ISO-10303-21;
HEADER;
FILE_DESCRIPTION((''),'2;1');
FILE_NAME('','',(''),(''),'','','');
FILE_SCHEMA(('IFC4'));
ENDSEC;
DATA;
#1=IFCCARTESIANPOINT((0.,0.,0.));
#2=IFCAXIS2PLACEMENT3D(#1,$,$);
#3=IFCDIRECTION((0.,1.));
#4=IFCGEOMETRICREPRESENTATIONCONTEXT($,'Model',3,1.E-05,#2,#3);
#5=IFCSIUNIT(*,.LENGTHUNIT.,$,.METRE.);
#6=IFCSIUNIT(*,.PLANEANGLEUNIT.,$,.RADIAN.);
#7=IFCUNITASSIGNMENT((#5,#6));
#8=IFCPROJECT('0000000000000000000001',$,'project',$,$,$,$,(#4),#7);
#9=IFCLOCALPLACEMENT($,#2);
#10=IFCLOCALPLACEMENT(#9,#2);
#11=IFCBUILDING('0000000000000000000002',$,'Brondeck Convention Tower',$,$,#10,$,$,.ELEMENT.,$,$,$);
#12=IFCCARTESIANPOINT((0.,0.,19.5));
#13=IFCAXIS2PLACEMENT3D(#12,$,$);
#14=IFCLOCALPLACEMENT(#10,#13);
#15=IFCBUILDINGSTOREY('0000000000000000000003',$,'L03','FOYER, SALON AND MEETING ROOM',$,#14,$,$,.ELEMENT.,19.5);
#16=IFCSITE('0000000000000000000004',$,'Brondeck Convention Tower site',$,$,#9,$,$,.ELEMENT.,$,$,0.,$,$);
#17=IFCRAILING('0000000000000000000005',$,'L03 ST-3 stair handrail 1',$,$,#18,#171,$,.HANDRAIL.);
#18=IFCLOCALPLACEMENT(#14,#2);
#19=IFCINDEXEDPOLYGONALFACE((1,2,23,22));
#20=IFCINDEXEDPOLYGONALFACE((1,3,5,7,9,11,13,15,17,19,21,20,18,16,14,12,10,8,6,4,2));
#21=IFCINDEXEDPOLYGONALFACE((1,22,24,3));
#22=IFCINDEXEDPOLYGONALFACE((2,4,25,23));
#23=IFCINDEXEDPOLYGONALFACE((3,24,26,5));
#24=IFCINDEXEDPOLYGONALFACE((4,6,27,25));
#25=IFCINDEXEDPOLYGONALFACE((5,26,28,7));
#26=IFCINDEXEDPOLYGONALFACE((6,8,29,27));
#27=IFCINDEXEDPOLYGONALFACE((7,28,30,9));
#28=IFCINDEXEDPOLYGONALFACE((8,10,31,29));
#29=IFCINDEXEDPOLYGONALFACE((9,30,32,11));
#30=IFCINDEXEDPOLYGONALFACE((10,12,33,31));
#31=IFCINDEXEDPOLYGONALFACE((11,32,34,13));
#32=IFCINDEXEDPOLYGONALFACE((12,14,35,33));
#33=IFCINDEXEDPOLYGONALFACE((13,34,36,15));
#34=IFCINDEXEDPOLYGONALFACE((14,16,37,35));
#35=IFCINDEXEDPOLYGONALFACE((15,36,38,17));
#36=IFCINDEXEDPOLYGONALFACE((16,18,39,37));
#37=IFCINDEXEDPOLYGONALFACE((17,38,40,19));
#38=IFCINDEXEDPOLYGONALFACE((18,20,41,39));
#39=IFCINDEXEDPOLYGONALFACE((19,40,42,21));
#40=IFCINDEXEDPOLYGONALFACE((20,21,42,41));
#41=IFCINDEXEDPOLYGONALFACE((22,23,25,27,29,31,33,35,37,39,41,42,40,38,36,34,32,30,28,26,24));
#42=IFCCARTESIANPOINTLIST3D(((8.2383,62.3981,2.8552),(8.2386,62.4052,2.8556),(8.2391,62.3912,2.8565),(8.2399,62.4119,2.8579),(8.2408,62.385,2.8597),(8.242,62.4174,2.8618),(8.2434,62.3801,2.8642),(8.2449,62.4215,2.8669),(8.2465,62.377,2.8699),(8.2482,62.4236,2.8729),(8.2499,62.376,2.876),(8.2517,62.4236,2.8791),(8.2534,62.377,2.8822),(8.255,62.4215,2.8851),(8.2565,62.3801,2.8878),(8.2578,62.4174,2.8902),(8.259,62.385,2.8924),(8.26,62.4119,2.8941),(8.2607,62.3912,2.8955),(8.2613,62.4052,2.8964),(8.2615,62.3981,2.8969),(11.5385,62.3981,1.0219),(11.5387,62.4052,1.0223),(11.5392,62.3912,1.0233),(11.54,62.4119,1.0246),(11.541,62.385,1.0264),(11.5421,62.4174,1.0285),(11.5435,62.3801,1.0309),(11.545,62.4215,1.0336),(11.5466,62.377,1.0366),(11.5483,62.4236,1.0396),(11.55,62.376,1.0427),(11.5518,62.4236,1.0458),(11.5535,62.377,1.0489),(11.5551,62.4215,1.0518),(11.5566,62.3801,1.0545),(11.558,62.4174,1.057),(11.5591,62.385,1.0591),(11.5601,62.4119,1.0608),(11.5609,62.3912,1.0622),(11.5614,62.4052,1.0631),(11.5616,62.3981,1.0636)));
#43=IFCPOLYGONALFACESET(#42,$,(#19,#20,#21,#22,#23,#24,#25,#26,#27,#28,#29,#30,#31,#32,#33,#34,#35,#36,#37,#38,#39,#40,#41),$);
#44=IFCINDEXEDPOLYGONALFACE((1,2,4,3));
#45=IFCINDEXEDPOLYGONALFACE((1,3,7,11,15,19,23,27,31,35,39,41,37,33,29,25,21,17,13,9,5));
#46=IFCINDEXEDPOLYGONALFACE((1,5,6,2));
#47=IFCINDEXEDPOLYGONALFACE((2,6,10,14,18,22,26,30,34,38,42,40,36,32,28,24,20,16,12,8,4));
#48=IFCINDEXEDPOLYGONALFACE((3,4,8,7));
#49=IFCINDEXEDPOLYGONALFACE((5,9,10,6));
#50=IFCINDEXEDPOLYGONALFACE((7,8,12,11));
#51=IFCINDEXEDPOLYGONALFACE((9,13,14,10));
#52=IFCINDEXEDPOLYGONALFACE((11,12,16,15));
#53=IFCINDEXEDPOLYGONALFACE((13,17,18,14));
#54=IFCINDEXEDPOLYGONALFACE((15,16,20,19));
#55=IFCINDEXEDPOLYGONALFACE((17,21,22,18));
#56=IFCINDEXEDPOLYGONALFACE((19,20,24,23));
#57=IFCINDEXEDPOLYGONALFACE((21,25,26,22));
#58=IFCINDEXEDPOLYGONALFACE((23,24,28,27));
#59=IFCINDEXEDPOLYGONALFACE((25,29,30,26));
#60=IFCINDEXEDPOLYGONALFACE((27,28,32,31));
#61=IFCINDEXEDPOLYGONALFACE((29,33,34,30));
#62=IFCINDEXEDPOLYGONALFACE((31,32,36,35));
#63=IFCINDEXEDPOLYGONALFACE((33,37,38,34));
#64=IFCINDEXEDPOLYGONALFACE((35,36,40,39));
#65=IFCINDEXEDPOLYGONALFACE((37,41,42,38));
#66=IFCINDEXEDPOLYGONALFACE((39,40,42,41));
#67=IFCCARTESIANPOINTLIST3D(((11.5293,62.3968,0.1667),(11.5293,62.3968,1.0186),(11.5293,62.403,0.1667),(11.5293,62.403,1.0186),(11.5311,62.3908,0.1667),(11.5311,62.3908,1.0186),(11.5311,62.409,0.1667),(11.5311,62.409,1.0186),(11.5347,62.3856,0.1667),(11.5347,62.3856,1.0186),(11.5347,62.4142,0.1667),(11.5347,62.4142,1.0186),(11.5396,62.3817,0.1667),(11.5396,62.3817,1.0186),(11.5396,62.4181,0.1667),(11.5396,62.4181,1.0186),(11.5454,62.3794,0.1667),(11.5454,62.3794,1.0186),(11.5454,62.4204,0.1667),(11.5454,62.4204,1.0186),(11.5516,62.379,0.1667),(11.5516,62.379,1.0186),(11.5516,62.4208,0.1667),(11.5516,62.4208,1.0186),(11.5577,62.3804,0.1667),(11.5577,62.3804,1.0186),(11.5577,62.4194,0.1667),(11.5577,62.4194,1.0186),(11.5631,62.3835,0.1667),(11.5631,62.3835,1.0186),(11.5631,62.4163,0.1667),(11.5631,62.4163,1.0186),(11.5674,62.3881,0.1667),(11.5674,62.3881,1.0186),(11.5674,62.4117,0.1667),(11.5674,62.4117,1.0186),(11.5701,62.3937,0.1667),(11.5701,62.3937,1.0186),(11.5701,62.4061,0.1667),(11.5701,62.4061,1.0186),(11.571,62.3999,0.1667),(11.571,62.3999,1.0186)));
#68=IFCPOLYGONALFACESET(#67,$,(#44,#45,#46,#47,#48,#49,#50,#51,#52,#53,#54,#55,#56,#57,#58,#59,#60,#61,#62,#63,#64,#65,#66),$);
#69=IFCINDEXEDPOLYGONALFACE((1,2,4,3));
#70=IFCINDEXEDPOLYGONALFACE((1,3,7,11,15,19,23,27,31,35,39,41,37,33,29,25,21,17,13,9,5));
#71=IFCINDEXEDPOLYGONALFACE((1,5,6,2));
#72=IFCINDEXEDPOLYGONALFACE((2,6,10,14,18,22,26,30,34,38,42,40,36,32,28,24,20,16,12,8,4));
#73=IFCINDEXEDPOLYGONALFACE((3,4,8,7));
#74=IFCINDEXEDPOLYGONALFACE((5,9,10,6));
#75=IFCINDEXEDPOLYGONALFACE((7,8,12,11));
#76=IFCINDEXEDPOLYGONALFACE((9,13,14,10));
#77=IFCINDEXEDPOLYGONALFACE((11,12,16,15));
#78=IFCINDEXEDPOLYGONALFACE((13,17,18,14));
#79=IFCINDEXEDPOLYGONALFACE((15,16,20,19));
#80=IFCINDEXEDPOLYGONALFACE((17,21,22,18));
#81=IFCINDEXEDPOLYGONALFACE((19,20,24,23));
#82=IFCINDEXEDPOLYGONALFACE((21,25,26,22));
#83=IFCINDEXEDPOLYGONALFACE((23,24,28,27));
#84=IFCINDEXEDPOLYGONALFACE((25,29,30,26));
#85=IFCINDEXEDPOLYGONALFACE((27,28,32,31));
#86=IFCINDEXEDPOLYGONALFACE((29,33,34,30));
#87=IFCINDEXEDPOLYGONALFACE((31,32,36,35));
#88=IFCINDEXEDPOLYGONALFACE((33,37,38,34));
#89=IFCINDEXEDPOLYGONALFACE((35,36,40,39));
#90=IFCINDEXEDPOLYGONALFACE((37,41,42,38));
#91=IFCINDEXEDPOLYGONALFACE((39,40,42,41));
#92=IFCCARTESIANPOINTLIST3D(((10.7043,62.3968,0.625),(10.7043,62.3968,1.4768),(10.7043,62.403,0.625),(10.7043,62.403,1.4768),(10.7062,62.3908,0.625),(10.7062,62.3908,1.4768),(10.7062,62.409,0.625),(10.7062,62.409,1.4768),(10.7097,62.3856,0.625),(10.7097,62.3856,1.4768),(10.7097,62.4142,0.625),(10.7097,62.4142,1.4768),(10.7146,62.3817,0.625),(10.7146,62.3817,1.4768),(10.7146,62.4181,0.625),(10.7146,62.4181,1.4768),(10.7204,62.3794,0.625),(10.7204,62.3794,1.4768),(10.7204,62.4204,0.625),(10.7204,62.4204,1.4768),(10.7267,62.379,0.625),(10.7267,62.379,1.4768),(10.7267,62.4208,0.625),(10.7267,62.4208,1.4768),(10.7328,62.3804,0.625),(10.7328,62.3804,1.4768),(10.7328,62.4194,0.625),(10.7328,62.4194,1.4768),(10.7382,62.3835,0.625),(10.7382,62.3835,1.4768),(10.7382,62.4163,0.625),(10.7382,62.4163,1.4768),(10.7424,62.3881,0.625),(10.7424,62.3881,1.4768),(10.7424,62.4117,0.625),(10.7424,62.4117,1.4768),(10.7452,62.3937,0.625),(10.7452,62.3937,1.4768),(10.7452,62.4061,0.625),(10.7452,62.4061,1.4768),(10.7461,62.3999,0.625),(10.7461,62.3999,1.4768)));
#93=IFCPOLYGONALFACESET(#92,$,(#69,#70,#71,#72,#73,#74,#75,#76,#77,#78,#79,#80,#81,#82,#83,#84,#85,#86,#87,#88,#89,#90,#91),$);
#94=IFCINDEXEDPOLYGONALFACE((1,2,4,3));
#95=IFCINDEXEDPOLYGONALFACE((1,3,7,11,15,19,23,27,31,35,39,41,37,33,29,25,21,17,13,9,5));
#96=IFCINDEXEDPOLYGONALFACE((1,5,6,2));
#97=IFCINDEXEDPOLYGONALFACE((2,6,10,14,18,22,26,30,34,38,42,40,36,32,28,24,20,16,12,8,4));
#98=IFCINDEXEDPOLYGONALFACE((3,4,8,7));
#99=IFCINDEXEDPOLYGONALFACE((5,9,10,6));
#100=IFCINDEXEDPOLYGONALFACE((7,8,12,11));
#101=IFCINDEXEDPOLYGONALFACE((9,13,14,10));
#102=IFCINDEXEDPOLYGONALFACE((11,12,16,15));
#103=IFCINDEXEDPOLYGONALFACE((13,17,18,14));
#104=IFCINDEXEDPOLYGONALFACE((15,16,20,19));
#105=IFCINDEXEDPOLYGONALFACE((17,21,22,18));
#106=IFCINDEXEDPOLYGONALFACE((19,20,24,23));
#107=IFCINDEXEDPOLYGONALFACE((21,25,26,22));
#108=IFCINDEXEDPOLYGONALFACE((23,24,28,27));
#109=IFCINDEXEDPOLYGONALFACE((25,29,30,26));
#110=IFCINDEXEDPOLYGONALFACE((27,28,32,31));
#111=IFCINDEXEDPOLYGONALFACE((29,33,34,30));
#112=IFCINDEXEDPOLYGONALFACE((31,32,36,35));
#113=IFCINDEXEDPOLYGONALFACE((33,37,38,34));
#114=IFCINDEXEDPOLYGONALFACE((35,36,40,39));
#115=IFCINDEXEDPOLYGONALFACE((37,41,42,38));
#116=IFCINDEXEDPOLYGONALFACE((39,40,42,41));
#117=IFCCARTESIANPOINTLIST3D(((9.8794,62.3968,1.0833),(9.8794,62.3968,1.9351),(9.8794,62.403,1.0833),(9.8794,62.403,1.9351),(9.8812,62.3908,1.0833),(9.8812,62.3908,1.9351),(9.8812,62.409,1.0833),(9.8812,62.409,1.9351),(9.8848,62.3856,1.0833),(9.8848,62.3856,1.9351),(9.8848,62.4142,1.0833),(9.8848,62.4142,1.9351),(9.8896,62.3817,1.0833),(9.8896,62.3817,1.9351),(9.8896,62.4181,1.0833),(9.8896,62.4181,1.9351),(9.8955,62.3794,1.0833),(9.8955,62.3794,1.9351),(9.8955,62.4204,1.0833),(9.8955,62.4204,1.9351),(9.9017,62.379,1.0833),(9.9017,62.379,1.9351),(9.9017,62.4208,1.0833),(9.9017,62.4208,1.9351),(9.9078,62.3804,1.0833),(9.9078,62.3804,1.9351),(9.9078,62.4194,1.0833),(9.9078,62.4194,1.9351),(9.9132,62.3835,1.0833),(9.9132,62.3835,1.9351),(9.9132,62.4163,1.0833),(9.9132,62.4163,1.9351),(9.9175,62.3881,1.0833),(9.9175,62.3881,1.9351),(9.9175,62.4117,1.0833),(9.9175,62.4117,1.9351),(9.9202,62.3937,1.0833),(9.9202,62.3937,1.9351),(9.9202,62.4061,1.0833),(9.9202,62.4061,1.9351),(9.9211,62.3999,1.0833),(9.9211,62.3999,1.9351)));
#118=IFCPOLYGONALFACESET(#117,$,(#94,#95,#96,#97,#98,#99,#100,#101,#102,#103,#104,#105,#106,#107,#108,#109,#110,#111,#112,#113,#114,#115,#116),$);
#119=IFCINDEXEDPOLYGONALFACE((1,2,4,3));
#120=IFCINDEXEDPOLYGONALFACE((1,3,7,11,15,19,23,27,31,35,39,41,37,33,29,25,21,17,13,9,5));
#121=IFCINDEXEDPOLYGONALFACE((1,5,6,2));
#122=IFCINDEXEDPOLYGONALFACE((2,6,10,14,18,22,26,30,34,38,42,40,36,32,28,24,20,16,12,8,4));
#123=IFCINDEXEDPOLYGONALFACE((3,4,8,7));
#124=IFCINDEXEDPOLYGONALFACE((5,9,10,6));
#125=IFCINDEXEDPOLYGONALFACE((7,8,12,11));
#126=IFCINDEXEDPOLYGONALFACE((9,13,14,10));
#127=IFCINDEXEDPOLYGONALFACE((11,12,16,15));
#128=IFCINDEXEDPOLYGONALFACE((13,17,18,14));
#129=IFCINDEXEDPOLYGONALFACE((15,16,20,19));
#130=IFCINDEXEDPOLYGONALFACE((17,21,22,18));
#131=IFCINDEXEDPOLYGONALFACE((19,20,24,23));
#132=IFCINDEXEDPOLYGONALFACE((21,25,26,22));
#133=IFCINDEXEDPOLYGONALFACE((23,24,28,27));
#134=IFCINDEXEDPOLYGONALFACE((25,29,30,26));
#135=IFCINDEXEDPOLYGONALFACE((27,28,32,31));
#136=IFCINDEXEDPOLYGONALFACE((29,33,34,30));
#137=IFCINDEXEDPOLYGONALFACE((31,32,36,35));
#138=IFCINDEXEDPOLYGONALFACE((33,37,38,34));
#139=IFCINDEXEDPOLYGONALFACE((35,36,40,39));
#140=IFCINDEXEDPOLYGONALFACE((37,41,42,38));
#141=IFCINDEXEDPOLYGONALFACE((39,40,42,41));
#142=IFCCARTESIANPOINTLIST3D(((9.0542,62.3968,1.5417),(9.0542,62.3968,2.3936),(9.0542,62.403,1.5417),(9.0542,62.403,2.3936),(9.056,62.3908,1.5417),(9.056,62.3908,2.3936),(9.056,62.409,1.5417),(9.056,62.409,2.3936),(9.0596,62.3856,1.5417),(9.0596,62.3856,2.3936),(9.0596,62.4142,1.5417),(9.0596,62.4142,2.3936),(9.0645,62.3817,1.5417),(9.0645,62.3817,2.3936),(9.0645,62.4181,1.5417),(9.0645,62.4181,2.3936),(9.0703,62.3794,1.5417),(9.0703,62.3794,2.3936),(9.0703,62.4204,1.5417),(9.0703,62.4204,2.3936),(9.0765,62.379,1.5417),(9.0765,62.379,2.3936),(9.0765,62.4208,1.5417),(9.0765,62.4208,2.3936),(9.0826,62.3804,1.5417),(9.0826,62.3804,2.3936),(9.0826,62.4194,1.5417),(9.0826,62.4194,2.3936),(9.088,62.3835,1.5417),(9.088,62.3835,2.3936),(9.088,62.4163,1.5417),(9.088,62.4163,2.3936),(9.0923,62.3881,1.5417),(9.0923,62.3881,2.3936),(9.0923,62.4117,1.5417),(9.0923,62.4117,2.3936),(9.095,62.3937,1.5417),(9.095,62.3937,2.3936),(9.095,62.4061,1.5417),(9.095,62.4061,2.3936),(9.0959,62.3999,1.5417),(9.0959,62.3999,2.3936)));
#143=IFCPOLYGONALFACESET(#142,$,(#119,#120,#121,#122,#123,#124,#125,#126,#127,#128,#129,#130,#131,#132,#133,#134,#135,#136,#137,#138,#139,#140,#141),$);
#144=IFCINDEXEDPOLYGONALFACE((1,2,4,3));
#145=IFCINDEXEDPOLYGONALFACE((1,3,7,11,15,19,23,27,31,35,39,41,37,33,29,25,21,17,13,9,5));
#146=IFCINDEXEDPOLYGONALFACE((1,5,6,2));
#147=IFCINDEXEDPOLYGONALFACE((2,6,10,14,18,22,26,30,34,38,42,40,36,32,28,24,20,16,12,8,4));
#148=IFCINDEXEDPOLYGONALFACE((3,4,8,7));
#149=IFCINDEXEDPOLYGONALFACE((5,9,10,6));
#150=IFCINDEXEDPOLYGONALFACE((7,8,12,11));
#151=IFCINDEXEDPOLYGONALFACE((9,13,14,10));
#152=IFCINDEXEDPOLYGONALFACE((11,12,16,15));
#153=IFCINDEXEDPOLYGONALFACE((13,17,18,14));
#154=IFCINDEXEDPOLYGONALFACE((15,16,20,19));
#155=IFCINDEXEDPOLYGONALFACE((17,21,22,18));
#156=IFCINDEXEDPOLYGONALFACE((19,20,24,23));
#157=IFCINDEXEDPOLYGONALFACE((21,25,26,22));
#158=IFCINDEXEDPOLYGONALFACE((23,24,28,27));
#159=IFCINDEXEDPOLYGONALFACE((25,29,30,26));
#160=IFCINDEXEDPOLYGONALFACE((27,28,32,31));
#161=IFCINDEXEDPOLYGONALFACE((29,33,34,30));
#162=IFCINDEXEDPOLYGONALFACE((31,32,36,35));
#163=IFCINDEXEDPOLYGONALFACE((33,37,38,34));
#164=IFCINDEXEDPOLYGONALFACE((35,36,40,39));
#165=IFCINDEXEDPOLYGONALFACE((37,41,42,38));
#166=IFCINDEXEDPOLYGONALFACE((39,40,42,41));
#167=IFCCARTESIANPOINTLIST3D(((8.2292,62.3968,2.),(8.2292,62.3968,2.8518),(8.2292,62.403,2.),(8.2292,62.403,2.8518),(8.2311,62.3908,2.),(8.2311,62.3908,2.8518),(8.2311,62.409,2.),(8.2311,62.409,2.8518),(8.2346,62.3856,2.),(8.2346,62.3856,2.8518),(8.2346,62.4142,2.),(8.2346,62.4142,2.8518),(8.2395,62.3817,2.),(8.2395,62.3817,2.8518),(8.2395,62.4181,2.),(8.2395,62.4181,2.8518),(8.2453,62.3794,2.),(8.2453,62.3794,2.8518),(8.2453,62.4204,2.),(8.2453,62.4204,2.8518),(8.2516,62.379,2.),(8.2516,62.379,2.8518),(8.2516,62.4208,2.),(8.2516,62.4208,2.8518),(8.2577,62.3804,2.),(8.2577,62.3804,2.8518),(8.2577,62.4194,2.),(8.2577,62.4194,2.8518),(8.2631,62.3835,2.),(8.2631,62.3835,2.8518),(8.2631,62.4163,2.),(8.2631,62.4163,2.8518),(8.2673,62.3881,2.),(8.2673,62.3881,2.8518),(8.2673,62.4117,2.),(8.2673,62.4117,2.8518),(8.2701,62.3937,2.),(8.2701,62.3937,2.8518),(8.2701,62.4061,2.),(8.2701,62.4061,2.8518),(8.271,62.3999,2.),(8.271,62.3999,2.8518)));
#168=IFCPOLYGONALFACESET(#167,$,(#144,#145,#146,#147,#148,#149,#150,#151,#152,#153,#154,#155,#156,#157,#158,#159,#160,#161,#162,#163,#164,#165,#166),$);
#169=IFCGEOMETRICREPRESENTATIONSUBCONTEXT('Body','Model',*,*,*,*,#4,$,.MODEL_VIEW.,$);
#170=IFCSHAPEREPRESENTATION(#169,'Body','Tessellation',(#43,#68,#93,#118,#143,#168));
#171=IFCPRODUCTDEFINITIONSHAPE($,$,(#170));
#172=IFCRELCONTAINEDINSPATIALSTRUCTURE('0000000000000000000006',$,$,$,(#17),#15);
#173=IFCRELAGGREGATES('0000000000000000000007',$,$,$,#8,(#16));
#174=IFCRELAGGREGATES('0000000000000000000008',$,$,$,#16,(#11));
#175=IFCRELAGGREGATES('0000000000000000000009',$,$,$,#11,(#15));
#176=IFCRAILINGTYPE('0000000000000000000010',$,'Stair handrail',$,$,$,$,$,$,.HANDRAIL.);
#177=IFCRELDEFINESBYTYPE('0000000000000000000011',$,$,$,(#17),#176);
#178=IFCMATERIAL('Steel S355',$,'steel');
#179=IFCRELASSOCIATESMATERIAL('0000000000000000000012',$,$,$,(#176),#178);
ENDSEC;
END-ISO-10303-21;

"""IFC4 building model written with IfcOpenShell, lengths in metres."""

from ifc_helpers import new_model, si_unit, direction, frame, origin, origin_2d, place, context, subcontext, project, spatial, circle, extrude, material, type_object, element, save


model = new_model("IFC4")

# Units and contexts
model_context = context("Model", 3, precision=1e-05, world=origin(), true_north=direction((0.0, 1.0)))
body_context = subcontext(model_context, "Body", "Model", "MODEL_VIEW")
ifc_project = project(units=[si_unit("LENGTHUNIT", "METRE"), si_unit("PLANEANGLEUNIT", "RADIAN")], contexts=[model_context])

# Site, building, storey
site_placement = place(None, origin())
site = spatial("IfcSite", under=ifc_project, at=site_placement, Name="Brondeck Convention Tower site", CompositionType="ELEMENT", RefElevation=0.0)
building_placement = place(site_placement, origin())
building = spatial("IfcBuilding", under=site, at=building_placement, Name="Brondeck Convention Tower", CompositionType="ELEMENT")
storey_placement = place(building_placement, frame((0.0, 0.0, 19.5)))
storey = spatial("IfcBuildingStorey", under=building, at=storey_placement, Name="L03", Description="FOYER, SALON AND MEETING ROOM", CompositionType="ELEMENT", Elevation=19.5)

# Shared definitions
ifc_material_1 = material(Name="Steel S355", Category="steel")

# Railing
railing_type_1 = type_object("IfcRailingType", Name="Stair handrail", PredefinedType="HANDRAIL", material=ifc_material_1)
railing_1_placement = place(storey_placement, frame((11.55, 62.3999, 0.1667)))
element("IfcRailing", 1, at=railing_1_placement, inside=storey, type_object=railing_type_1, Name="L03 ST-3 stair handrail 1", PredefinedType="HANDRAIL", context=body_context, shape_type="SweptSolid", body=[
    extrude(circle(Radius=0.0239, at=origin_2d()), frame((0.0, 0.0, 0.876), z_axis=(-0.874169, 0.0, 0.485621), x_axis=(0.0, -1.0, 0.0)), (0.0, 0.0, 1.0), 3.7751),
    extrude(circle(Radius=0.021, at=origin_2d()), origin(), (0.0, 0.0, 1.0), 0.8518),
    extrude(circle(Radius=0.021, at=origin_2d()), frame((-0.825, 0.0, 0.4583)), (0.0, 0.0, 1.0), 0.8518),
    extrude(circle(Radius=0.021, at=origin_2d()), frame((-1.6499, 0.0, 0.9165)), (0.0, 0.0, 1.0), 0.8518),
    extrude(circle(Radius=0.021, at=origin_2d()), frame((-2.4751, 0.0, 1.375)), (0.0, 0.0, 1.0), 0.8518),
    extrude(circle(Radius=0.021, at=origin_2d()), frame((-3.3, 0.0, 1.8333)), (0.0, 0.0, 1.0), 0.8518),
])

save(model, "model.ifc")
